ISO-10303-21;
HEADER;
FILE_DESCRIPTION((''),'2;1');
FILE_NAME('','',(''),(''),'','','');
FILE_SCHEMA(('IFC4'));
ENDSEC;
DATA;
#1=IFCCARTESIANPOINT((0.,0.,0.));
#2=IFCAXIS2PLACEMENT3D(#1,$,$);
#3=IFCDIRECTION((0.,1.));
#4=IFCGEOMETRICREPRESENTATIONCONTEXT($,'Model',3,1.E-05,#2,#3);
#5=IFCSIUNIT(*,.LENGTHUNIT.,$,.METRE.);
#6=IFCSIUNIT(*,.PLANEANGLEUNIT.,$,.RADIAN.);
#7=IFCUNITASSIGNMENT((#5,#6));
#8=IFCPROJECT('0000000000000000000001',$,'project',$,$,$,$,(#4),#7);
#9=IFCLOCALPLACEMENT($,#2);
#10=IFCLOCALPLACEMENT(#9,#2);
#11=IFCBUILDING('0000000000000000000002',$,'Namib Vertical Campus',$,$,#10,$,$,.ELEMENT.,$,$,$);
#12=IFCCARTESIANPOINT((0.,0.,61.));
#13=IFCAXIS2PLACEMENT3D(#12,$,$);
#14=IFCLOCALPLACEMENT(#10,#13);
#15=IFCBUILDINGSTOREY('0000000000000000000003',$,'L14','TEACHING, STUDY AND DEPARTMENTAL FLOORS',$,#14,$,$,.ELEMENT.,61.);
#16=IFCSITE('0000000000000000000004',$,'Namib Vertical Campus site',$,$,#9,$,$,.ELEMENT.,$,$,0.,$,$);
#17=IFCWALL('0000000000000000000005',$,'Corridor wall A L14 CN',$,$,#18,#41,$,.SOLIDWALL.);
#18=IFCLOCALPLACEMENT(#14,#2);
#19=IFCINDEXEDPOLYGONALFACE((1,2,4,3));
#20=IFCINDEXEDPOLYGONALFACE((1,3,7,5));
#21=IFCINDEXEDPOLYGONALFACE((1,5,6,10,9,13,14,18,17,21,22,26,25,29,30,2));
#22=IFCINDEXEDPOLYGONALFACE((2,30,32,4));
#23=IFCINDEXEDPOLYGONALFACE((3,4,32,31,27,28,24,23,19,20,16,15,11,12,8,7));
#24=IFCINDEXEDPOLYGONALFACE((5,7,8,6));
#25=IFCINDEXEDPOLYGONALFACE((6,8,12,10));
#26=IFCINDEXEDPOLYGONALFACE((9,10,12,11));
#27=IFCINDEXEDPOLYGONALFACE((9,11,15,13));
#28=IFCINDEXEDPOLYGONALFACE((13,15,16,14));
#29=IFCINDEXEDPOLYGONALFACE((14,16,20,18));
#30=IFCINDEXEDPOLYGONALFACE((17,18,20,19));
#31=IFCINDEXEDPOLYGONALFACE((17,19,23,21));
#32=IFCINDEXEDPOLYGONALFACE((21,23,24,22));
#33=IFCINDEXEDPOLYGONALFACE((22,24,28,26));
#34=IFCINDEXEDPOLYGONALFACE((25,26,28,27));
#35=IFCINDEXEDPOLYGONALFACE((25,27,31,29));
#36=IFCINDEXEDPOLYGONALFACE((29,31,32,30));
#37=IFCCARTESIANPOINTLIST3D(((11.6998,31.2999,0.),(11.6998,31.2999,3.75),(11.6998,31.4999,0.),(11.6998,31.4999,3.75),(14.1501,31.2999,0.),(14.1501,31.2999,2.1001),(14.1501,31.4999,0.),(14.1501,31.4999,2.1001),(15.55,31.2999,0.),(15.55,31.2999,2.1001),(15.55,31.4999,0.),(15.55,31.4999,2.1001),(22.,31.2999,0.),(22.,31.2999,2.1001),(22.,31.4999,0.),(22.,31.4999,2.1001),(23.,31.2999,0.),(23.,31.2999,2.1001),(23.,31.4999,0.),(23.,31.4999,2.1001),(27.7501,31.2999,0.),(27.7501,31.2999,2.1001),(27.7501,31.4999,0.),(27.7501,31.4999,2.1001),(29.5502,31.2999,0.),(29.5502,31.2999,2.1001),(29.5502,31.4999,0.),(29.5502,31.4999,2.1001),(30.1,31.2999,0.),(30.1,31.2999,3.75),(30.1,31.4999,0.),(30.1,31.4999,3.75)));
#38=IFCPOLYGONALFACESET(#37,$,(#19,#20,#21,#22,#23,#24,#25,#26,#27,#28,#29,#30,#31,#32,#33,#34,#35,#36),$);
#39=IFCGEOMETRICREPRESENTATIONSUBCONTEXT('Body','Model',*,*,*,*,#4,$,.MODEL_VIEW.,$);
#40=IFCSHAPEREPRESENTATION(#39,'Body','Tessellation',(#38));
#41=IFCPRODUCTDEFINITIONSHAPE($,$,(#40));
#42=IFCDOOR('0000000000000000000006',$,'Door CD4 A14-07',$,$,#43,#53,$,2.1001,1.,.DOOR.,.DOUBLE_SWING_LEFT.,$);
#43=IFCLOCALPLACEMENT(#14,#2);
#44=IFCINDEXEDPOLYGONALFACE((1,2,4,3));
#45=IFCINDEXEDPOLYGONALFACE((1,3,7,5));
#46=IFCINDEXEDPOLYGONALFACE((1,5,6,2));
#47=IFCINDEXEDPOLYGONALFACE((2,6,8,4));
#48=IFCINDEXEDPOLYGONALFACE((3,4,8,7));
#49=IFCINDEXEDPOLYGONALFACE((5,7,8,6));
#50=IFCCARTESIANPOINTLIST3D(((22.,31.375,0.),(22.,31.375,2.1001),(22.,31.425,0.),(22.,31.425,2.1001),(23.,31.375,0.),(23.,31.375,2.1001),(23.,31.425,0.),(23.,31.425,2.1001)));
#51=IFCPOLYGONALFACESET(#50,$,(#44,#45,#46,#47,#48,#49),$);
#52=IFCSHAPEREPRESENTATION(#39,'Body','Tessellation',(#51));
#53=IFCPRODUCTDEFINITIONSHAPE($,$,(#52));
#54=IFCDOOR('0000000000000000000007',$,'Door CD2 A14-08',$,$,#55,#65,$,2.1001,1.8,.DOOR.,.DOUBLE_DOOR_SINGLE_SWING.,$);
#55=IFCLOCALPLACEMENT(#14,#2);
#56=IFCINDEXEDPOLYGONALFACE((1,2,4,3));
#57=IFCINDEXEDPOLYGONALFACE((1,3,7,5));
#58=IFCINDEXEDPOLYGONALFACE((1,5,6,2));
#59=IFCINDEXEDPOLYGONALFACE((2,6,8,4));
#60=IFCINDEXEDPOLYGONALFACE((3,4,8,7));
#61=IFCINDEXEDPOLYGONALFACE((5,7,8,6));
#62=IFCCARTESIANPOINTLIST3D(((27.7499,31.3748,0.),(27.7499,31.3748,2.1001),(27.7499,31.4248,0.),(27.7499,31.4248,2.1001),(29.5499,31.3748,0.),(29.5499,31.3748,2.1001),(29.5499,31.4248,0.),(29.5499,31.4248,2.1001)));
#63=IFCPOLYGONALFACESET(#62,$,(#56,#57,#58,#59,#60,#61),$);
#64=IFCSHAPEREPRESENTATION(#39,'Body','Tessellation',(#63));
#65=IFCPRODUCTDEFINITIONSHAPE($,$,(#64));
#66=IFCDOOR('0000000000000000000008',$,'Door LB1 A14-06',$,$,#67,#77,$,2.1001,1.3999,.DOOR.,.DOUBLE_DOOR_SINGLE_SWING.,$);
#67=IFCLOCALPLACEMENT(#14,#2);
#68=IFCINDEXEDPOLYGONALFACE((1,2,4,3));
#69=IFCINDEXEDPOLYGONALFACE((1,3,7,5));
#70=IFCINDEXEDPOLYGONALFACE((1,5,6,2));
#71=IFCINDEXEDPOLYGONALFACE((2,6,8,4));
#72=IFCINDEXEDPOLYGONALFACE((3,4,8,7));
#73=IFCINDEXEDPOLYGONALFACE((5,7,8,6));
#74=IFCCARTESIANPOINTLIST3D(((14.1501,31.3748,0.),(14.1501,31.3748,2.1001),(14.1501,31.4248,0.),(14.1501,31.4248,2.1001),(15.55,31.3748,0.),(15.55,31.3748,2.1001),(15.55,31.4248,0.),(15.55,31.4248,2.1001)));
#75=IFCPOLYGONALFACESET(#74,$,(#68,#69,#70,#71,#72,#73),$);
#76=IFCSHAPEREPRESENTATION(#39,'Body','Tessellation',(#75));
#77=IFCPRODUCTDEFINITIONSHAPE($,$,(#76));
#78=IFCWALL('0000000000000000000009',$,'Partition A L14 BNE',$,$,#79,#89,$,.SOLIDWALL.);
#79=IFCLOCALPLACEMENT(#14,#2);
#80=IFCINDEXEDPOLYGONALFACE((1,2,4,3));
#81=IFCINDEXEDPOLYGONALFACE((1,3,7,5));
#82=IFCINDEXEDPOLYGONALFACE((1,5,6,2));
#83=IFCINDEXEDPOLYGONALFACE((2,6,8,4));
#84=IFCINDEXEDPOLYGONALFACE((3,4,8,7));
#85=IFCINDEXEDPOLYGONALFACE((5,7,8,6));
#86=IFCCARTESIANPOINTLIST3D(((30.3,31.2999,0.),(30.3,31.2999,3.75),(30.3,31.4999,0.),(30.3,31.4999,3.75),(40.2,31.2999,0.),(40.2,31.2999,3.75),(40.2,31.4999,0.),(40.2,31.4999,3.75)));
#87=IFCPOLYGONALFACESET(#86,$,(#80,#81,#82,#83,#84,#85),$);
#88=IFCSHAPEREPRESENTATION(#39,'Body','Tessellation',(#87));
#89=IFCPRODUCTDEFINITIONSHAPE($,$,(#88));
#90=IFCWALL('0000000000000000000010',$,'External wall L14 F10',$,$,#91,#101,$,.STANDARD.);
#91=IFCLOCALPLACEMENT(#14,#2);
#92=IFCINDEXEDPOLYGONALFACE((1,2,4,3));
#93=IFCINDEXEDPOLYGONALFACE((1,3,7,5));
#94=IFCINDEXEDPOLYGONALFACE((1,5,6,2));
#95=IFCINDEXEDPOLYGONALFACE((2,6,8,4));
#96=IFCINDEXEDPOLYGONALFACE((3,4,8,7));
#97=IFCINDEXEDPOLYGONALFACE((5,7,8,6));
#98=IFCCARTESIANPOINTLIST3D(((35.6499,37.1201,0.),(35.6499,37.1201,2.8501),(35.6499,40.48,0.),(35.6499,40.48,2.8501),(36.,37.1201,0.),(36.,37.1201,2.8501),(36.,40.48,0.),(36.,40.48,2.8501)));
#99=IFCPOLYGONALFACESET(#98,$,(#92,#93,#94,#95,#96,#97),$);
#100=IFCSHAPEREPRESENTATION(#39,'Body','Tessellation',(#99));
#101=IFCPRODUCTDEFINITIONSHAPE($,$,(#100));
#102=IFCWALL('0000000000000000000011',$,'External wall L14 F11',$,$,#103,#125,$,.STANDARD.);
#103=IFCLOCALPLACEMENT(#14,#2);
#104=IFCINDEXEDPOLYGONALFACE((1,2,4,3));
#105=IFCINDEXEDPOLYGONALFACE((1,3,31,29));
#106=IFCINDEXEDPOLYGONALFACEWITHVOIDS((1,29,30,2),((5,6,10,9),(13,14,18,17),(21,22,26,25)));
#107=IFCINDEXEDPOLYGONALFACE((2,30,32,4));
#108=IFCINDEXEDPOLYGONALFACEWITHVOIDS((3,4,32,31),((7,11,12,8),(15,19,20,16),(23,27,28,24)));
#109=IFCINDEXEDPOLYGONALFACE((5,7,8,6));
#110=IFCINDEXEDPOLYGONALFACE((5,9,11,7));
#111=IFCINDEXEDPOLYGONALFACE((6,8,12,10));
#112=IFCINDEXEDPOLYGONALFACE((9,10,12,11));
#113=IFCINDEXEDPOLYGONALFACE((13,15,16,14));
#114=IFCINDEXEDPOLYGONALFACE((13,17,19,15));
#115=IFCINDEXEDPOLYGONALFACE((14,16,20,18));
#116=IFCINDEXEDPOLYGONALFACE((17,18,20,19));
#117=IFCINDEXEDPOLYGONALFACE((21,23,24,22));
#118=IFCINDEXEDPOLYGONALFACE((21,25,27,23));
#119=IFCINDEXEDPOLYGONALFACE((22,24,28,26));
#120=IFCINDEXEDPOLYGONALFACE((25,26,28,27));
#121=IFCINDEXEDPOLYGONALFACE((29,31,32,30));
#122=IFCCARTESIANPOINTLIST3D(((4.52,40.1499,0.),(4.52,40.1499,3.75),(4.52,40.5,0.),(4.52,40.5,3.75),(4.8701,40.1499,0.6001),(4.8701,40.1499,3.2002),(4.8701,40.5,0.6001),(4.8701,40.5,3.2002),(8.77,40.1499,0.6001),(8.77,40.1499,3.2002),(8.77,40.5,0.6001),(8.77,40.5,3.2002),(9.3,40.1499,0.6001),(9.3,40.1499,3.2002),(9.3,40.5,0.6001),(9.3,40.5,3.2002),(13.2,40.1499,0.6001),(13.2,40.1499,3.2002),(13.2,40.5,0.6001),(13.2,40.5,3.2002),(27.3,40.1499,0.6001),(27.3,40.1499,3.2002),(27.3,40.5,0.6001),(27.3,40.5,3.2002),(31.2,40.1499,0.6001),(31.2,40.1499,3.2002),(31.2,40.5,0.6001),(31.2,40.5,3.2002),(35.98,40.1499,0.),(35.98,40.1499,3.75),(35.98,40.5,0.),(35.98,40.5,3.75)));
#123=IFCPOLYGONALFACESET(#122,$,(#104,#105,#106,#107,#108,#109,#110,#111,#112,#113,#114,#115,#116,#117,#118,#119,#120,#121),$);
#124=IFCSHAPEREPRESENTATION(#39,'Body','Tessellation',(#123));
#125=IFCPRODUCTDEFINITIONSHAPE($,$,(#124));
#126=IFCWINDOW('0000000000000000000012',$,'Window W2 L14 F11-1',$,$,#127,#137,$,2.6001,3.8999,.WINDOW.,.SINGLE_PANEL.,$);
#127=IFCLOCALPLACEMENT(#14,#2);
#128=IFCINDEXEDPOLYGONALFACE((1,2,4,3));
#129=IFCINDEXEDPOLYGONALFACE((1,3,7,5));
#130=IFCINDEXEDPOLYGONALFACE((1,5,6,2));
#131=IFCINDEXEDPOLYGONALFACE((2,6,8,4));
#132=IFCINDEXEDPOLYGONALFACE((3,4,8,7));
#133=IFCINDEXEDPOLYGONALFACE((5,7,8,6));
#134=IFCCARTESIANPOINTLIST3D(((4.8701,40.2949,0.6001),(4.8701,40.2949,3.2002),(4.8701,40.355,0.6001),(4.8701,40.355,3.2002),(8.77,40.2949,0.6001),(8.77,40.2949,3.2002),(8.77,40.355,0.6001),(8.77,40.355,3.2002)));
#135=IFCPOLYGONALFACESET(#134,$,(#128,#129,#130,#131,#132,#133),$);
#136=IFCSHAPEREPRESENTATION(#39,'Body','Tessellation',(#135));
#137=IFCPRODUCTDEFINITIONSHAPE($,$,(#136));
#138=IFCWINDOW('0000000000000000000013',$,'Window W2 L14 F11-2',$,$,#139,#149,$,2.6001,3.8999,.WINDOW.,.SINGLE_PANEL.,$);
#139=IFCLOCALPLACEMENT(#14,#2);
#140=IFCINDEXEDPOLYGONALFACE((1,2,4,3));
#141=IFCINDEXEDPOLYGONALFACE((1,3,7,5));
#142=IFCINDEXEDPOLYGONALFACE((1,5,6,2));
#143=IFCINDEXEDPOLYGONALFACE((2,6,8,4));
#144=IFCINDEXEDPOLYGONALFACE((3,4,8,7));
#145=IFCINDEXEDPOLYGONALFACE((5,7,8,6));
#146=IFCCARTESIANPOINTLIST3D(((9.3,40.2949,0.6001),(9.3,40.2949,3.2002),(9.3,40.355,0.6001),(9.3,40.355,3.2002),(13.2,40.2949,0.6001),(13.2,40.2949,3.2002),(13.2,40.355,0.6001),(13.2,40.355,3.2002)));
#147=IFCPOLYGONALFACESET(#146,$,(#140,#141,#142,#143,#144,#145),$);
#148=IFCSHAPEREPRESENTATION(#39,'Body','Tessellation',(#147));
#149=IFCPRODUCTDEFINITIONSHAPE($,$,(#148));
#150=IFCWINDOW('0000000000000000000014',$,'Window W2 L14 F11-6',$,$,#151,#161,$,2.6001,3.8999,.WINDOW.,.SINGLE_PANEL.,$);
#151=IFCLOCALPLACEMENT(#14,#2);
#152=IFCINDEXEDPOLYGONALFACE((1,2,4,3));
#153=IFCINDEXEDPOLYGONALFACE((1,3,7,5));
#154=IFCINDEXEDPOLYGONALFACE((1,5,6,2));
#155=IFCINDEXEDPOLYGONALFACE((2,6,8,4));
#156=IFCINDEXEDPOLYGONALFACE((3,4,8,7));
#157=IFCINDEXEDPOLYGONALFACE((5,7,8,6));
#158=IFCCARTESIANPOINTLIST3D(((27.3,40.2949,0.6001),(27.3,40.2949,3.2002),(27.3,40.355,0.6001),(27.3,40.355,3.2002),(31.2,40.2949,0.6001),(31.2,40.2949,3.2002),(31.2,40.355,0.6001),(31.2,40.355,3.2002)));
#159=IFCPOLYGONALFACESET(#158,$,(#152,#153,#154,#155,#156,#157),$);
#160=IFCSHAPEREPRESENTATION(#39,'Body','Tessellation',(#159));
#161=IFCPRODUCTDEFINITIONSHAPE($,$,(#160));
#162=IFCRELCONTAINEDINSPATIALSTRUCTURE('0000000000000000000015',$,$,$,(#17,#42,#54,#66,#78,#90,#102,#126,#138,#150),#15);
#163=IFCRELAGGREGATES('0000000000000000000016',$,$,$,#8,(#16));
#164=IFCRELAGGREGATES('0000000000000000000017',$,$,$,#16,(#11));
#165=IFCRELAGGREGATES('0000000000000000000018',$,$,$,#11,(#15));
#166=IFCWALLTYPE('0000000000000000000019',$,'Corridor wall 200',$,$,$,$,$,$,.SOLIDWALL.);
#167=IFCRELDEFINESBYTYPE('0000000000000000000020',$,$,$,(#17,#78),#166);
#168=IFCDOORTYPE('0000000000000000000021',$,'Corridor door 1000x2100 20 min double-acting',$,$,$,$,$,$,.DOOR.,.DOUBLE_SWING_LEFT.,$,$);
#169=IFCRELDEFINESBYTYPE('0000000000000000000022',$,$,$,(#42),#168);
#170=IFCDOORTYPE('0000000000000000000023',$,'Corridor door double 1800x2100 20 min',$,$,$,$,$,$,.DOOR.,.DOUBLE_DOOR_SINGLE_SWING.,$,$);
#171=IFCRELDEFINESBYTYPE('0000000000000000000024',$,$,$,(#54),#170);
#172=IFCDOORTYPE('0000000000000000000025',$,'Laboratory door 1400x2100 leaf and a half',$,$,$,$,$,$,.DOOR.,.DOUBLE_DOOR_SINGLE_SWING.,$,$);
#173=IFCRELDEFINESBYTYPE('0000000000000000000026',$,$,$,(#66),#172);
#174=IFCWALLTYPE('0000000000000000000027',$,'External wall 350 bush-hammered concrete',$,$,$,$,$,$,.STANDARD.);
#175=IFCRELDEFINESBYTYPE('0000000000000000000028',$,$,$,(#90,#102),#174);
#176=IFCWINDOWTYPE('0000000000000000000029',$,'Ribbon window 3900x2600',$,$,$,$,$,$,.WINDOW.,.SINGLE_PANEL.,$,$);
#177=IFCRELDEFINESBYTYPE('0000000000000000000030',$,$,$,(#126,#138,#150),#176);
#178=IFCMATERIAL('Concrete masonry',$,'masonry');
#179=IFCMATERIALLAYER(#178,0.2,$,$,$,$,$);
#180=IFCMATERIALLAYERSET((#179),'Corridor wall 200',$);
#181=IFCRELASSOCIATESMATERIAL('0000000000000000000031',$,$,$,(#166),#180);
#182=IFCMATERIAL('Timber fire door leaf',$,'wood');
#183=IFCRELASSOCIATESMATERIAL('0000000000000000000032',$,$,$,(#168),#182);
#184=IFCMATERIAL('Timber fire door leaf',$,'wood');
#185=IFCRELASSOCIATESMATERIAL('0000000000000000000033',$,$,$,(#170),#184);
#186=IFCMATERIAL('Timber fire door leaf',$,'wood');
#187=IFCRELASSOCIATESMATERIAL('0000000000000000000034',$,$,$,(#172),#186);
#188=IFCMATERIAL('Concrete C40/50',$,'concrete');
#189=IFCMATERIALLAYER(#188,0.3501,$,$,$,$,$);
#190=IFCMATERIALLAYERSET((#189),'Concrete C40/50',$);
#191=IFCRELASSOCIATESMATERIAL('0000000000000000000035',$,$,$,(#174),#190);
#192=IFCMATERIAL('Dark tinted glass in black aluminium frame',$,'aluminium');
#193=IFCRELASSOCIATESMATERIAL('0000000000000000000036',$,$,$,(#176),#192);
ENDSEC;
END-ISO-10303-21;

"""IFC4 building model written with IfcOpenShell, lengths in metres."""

from ifc_helpers import new_model, si_unit, direction, frame, frame_2d, origin, place, context, subcontext, project, spatial, rectangle, extrude, material, layer, layer_set, type_object, element, fill, save


model = new_model("IFC4")

# Units and contexts
model_context = context("Model", 3, precision=1e-05, world=origin(), true_north=direction((0.0, 1.0)))
body_context = subcontext(model_context, "Body", "Model", "MODEL_VIEW")
ifc_project = project(units=[si_unit("LENGTHUNIT", "METRE"), si_unit("PLANEANGLEUNIT", "RADIAN")], contexts=[model_context])

# Site, building, storey
site_placement = place(None, origin())
site = spatial("IfcSite", under=ifc_project, at=site_placement, Name="Namib Vertical Campus site", CompositionType="ELEMENT", RefElevation=0.0)
building_placement = place(site_placement, origin())
building = spatial("IfcBuilding", under=site, at=building_placement, Name="Namib Vertical Campus", CompositionType="ELEMENT")
storey_placement = place(building_placement, frame((0.0, 0.0, 61.0)))
storey = spatial("IfcBuildingStorey", under=building, at=storey_placement, Name="L14", Description="TEACHING, STUDY AND DEPARTMENTAL FLOORS", CompositionType="ELEMENT", Elevation=61.0)

# Wall, openings, doors
ifc_material_1 = material(Name="Concrete masonry", Category="masonry")
ifc_layer_1 = layer(ifc_material_1, 0.2)
ifc_layer_set_1 = layer_set([ifc_layer_1], Name="Corridor wall 200")
wall_type_1 = type_object("IfcWallType", Name="Corridor wall 200", PredefinedType="SOLIDWALL", material=ifc_layer_set_1)
wall_1_placement = place(storey_placement, frame((30.1001, 31.3999, 0.0), z_axis=(0.0, 0.0, 1.0), x_axis=(-1.0, 0.0, 0.0)))
wall_1 = element("IfcWall", 1, at=wall_1_placement, inside=storey, type_object=wall_type_1, Name="Corridor wall A L14 CN", PredefinedType="SOLIDWALL", context=body_context, shape_type="SweptSolid", body=[
    extrude(rectangle(XDim=18.4001, YDim=0.2, at=frame_2d((9.2002, 0.0))), origin(), (0.0, 0.0, 1.0), 3.75),
])
opening_1_placement = place(wall_1_placement, frame((14.55, 0.0, 0.0)))
opening_1 = element("IfcOpeningElement", 2, at=opening_1_placement, cuts=wall_1, PredefinedType="OPENING", context=body_context, shape_type="SweptSolid", body=[
    extrude(rectangle(XDim=1.3999, YDim=2.1001, at=frame_2d((0.7, 1.05))), frame((0.0, 0.1099, 0.0), z_axis=(0.0, -1.0, 0.0), x_axis=(1.0, 0.0, 0.0)), (0.0, 0.0, 1.0), 0.22),
])
opening_2_placement = place(wall_1_placement, frame((7.1001, 0.0, 0.0)))
opening_2 = element("IfcOpeningElement", 3, at=opening_2_placement, cuts=wall_1, PredefinedType="OPENING", context=body_context, shape_type="SweptSolid", body=[
    extrude(rectangle(XDim=1.0, YDim=2.1001, at=frame_2d((0.5, 1.05))), frame((0.0, 0.1099, 0.0), z_axis=(0.0, -1.0, 0.0), x_axis=(1.0, 0.0, 0.0)), (0.0, 0.0, 1.0), 0.22),
])
opening_3_placement = place(wall_1_placement, frame((0.55, 0.0, 0.0)))
opening_3 = element("IfcOpeningElement", 4, at=opening_3_placement, cuts=wall_1, PredefinedType="OPENING", context=body_context, shape_type="SweptSolid", body=[
    extrude(rectangle(XDim=1.8, YDim=2.1001, at=frame_2d((0.8999, 1.05))), frame((0.0, 0.1099, 0.0), z_axis=(0.0, -1.0, 0.0), x_axis=(1.0, 0.0, 0.0)), (0.0, 0.0, 1.0), 0.22),
])
ifc_material_2 = material(Name="Timber fire door leaf", Category="wood")
door_type_1 = type_object("IfcDoorType", Name="Corridor door 1000x2100 20 min double-acting", OperationType="DOUBLE_SWING_LEFT", PredefinedType="DOOR", material=ifc_material_2)
door_1_placement = place(opening_2_placement, origin())
door_1 = element("IfcDoor", 5, at=door_1_placement, inside=storey, type_object=door_type_1, Name="Door CD4 A14-07", OperationType="DOUBLE_SWING_LEFT", OverallHeight=2.1001, OverallWidth=1.0, PredefinedType="DOOR", context=body_context, shape_type="SweptSolid", body=[
    extrude(rectangle(XDim=1.0, YDim=2.1001, at=frame_2d((0.5, 1.05))), frame((0.0, 0.0249, 0.0), z_axis=(0.0, -1.0, 0.0), x_axis=(1.0, 0.0, 0.0)), (0.0, 0.0, 1.0), 0.05),
])
fill(opening_2, door_1)
ifc_material_3 = material(Name="Timber fire door leaf", Category="wood")
door_type_2 = type_object("IfcDoorType", Name="Corridor door double 1800x2100 20 min", OperationType="DOUBLE_DOOR_SINGLE_SWING", PredefinedType="DOOR", material=ifc_material_3)
door_2_placement = place(opening_3_placement, frame((1.8, 0.0, 0.0), z_axis=(0.0, 0.0, 1.0), x_axis=(-1.0, 0.0, 0.0)))
door_2 = element("IfcDoor", 6, at=door_2_placement, inside=storey, type_object=door_type_2, Name="Door CD2 A14-08", OperationType="DOUBLE_DOOR_SINGLE_SWING", OverallHeight=2.1001, OverallWidth=1.8, PredefinedType="DOOR", context=body_context, shape_type="SweptSolid", body=[
    extrude(rectangle(XDim=1.8, YDim=2.1001, at=frame_2d((0.8999, 1.05))), frame((0.0, 0.0249, 0.0), z_axis=(0.0, -1.0, 0.0), x_axis=(1.0, 0.0, 0.0)), (0.0, 0.0, 1.0), 0.05),
])
fill(opening_3, door_2)
ifc_material_4 = material(Name="Timber fire door leaf", Category="wood")
door_type_3 = type_object("IfcDoorType", Name="Laboratory door 1400x2100 leaf and a half", OperationType="DOUBLE_DOOR_SINGLE_SWING", PredefinedType="DOOR", material=ifc_material_4)
door_3_placement = place(opening_1_placement, frame((1.3999, 0.0, 0.0), z_axis=(0.0, 0.0, 1.0), x_axis=(-1.0, 0.0, 0.0)))
door_3 = element("IfcDoor", 7, at=door_3_placement, inside=storey, type_object=door_type_3, Name="Door LB1 A14-06", OperationType="DOUBLE_DOOR_SINGLE_SWING", OverallHeight=2.1001, OverallWidth=1.3999, PredefinedType="DOOR", context=body_context, shape_type="SweptSolid", body=[
    extrude(rectangle(XDim=1.3999, YDim=2.1001, at=frame_2d((0.7, 1.05))), frame((0.0, 0.0249, 0.0), z_axis=(0.0, -1.0, 0.0), x_axis=(1.0, 0.0, 0.0)), (0.0, 0.0, 1.0), 0.05),
])
fill(opening_1, door_3)

# Walls
wall_2_placement = place(storey_placement, frame((30.3, 31.3999, 0.0), z_axis=(0.0, 0.0, 1.0), x_axis=(1.0, 0.0, 0.0)))
element("IfcWall", 8, at=wall_2_placement, inside=storey, type_object=wall_type_1, Name="Partition A L14 BNE", PredefinedType="SOLIDWALL", context=body_context, shape_type="SweptSolid", body=[
    extrude(rectangle(XDim=9.8999, YDim=0.2, at=frame_2d((4.95, 0.0))), origin(), (0.0, 0.0, 1.0), 3.75),
])
ifc_material_5 = material(Name="Concrete C40/50", Category="concrete")
ifc_layer_2 = layer(ifc_material_5, 0.3501)
ifc_layer_set_2 = layer_set([ifc_layer_2], Name="Concrete C40/50")
wall_type_2 = type_object("IfcWallType", Name="External wall 350 bush-hammered concrete", PredefinedType="STANDARD", material=ifc_layer_set_2)
wall_3_placement = place(storey_placement, frame((35.825, 37.1201, 0.0), z_axis=(0.0, 0.0, 1.0), x_axis=(0.0, 1.0, 0.0)))
element("IfcWall", 9, at=wall_3_placement, inside=storey, type_object=wall_type_2, Name="External wall L14 F10", PredefinedType="STANDARD", context=body_context, shape_type="SweptSolid", body=[
    extrude(rectangle(XDim=3.3599, YDim=0.3501, at=frame_2d((1.6799, 0.0))), origin(), (0.0, 0.0, 1.0), 2.8501),
])

# Wall, openings, windows
wall_4_placement = place(storey_placement, frame((35.98, 40.325, 0.0), z_axis=(0.0, 0.0, 1.0), x_axis=(-1.0, 0.0, 0.0)))
wall_4 = element("IfcWall", 10, at=wall_4_placement, inside=storey, type_object=wall_type_2, Name="External wall L14 F11", PredefinedType="STANDARD", context=body_context, shape_type="SweptSolid", body=[
    extrude(rectangle(XDim=31.46, YDim=0.3501, at=frame_2d((15.73, 0.0))), origin(), (0.0, 0.0, 1.0), 3.75),
])
opening_4_placement = place(wall_4_placement, frame((27.21, 0.0, 0.6001)))
opening_4 = element("IfcOpeningElement", 11, at=opening_4_placement, cuts=wall_4, PredefinedType="OPENING", context=body_context, shape_type="SweptSolid", body=[
    extrude(rectangle(XDim=3.8999, YDim=2.6001, at=frame_2d((1.95, 1.3))), frame((0.0, 0.1851, 0.0), z_axis=(0.0, -1.0, 0.0), x_axis=(1.0, 0.0, 0.0)), (0.0, 0.0, 1.0), 0.3701),
])
opening_5_placement = place(wall_4_placement, frame((22.78, 0.0, 0.6001)))
opening_5 = element("IfcOpeningElement", 12, at=opening_5_placement, cuts=wall_4, PredefinedType="OPENING", context=body_context, shape_type="SweptSolid", body=[
    extrude(rectangle(XDim=3.8999, YDim=2.6001, at=frame_2d((1.95, 1.3))), frame((0.0, 0.1851, 0.0), z_axis=(0.0, -1.0, 0.0), x_axis=(1.0, 0.0, 0.0)), (0.0, 0.0, 1.0), 0.3701),
])
opening_6_placement = place(wall_4_placement, frame((4.78, 0.0, 0.6001)))
opening_6 = element("IfcOpeningElement", 13, at=opening_6_placement, cuts=wall_4, PredefinedType="OPENING", context=body_context, shape_type="SweptSolid", body=[
    extrude(rectangle(XDim=3.8999, YDim=2.6001, at=frame_2d((1.95, 1.3))), frame((0.0, 0.1851, 0.0), z_axis=(0.0, -1.0, 0.0), x_axis=(1.0, 0.0, 0.0)), (0.0, 0.0, 1.0), 0.3701),
])
ifc_material_6 = material(Name="Dark tinted glass in black aluminium frame", Category="aluminium")
window_type = type_object("IfcWindowType", Name="Ribbon window 3900x2600", PartitioningType="SINGLE_PANEL", PredefinedType="WINDOW", material=ifc_material_6)
window_1_placement = place(opening_4_placement, origin())
window_1 = element("IfcWindow", 14, at=window_1_placement, inside=storey, type_object=window_type, Name="Window W2 L14 F11-1", OverallHeight=2.6001, OverallWidth=3.8999, PartitioningType="SINGLE_PANEL", PredefinedType="WINDOW", context=body_context, shape_type="SweptSolid", body=[
    extrude(rectangle(XDim=3.8999, YDim=2.6001, at=frame_2d((1.95, 1.3))), frame((0.0, 0.03, 0.0), z_axis=(0.0, -1.0, 0.0), x_axis=(1.0, 0.0, 0.0)), (0.0, 0.0, 1.0), 0.0601),
])
fill(opening_4, window_1)
window_2_placement = place(opening_5_placement, origin())
window_2 = element("IfcWindow", 15, at=window_2_placement, inside=storey, type_object=window_type, Name="Window W2 L14 F11-2", OverallHeight=2.6001, OverallWidth=3.8999, PartitioningType="SINGLE_PANEL", PredefinedType="WINDOW", context=body_context, shape_type="SweptSolid", body=[
    extrude(rectangle(XDim=3.8999, YDim=2.6001, at=frame_2d((1.95, 1.3))), frame((0.0, 0.03, 0.0), z_axis=(0.0, -1.0, 0.0), x_axis=(1.0, 0.0, 0.0)), (0.0, 0.0, 1.0), 0.0601),
])
fill(opening_5, window_2)
window_3_placement = place(opening_6_placement, origin())
window_3 = element("IfcWindow", 16, at=window_3_placement, inside=storey, type_object=window_type, Name="Window W2 L14 F11-6", OverallHeight=2.6001, OverallWidth=3.8999, PartitioningType="SINGLE_PANEL", PredefinedType="WINDOW", context=body_context, shape_type="SweptSolid", body=[
    extrude(rectangle(XDim=3.8999, YDim=2.6001, at=frame_2d((1.95, 1.3))), frame((0.0, 0.03, 0.0), z_axis=(0.0, -1.0, 0.0), x_axis=(1.0, 0.0, 0.0)), (0.0, 0.0, 1.0), 0.0601),
])
fill(opening_6, window_3)

save(model, "model.ifc")
